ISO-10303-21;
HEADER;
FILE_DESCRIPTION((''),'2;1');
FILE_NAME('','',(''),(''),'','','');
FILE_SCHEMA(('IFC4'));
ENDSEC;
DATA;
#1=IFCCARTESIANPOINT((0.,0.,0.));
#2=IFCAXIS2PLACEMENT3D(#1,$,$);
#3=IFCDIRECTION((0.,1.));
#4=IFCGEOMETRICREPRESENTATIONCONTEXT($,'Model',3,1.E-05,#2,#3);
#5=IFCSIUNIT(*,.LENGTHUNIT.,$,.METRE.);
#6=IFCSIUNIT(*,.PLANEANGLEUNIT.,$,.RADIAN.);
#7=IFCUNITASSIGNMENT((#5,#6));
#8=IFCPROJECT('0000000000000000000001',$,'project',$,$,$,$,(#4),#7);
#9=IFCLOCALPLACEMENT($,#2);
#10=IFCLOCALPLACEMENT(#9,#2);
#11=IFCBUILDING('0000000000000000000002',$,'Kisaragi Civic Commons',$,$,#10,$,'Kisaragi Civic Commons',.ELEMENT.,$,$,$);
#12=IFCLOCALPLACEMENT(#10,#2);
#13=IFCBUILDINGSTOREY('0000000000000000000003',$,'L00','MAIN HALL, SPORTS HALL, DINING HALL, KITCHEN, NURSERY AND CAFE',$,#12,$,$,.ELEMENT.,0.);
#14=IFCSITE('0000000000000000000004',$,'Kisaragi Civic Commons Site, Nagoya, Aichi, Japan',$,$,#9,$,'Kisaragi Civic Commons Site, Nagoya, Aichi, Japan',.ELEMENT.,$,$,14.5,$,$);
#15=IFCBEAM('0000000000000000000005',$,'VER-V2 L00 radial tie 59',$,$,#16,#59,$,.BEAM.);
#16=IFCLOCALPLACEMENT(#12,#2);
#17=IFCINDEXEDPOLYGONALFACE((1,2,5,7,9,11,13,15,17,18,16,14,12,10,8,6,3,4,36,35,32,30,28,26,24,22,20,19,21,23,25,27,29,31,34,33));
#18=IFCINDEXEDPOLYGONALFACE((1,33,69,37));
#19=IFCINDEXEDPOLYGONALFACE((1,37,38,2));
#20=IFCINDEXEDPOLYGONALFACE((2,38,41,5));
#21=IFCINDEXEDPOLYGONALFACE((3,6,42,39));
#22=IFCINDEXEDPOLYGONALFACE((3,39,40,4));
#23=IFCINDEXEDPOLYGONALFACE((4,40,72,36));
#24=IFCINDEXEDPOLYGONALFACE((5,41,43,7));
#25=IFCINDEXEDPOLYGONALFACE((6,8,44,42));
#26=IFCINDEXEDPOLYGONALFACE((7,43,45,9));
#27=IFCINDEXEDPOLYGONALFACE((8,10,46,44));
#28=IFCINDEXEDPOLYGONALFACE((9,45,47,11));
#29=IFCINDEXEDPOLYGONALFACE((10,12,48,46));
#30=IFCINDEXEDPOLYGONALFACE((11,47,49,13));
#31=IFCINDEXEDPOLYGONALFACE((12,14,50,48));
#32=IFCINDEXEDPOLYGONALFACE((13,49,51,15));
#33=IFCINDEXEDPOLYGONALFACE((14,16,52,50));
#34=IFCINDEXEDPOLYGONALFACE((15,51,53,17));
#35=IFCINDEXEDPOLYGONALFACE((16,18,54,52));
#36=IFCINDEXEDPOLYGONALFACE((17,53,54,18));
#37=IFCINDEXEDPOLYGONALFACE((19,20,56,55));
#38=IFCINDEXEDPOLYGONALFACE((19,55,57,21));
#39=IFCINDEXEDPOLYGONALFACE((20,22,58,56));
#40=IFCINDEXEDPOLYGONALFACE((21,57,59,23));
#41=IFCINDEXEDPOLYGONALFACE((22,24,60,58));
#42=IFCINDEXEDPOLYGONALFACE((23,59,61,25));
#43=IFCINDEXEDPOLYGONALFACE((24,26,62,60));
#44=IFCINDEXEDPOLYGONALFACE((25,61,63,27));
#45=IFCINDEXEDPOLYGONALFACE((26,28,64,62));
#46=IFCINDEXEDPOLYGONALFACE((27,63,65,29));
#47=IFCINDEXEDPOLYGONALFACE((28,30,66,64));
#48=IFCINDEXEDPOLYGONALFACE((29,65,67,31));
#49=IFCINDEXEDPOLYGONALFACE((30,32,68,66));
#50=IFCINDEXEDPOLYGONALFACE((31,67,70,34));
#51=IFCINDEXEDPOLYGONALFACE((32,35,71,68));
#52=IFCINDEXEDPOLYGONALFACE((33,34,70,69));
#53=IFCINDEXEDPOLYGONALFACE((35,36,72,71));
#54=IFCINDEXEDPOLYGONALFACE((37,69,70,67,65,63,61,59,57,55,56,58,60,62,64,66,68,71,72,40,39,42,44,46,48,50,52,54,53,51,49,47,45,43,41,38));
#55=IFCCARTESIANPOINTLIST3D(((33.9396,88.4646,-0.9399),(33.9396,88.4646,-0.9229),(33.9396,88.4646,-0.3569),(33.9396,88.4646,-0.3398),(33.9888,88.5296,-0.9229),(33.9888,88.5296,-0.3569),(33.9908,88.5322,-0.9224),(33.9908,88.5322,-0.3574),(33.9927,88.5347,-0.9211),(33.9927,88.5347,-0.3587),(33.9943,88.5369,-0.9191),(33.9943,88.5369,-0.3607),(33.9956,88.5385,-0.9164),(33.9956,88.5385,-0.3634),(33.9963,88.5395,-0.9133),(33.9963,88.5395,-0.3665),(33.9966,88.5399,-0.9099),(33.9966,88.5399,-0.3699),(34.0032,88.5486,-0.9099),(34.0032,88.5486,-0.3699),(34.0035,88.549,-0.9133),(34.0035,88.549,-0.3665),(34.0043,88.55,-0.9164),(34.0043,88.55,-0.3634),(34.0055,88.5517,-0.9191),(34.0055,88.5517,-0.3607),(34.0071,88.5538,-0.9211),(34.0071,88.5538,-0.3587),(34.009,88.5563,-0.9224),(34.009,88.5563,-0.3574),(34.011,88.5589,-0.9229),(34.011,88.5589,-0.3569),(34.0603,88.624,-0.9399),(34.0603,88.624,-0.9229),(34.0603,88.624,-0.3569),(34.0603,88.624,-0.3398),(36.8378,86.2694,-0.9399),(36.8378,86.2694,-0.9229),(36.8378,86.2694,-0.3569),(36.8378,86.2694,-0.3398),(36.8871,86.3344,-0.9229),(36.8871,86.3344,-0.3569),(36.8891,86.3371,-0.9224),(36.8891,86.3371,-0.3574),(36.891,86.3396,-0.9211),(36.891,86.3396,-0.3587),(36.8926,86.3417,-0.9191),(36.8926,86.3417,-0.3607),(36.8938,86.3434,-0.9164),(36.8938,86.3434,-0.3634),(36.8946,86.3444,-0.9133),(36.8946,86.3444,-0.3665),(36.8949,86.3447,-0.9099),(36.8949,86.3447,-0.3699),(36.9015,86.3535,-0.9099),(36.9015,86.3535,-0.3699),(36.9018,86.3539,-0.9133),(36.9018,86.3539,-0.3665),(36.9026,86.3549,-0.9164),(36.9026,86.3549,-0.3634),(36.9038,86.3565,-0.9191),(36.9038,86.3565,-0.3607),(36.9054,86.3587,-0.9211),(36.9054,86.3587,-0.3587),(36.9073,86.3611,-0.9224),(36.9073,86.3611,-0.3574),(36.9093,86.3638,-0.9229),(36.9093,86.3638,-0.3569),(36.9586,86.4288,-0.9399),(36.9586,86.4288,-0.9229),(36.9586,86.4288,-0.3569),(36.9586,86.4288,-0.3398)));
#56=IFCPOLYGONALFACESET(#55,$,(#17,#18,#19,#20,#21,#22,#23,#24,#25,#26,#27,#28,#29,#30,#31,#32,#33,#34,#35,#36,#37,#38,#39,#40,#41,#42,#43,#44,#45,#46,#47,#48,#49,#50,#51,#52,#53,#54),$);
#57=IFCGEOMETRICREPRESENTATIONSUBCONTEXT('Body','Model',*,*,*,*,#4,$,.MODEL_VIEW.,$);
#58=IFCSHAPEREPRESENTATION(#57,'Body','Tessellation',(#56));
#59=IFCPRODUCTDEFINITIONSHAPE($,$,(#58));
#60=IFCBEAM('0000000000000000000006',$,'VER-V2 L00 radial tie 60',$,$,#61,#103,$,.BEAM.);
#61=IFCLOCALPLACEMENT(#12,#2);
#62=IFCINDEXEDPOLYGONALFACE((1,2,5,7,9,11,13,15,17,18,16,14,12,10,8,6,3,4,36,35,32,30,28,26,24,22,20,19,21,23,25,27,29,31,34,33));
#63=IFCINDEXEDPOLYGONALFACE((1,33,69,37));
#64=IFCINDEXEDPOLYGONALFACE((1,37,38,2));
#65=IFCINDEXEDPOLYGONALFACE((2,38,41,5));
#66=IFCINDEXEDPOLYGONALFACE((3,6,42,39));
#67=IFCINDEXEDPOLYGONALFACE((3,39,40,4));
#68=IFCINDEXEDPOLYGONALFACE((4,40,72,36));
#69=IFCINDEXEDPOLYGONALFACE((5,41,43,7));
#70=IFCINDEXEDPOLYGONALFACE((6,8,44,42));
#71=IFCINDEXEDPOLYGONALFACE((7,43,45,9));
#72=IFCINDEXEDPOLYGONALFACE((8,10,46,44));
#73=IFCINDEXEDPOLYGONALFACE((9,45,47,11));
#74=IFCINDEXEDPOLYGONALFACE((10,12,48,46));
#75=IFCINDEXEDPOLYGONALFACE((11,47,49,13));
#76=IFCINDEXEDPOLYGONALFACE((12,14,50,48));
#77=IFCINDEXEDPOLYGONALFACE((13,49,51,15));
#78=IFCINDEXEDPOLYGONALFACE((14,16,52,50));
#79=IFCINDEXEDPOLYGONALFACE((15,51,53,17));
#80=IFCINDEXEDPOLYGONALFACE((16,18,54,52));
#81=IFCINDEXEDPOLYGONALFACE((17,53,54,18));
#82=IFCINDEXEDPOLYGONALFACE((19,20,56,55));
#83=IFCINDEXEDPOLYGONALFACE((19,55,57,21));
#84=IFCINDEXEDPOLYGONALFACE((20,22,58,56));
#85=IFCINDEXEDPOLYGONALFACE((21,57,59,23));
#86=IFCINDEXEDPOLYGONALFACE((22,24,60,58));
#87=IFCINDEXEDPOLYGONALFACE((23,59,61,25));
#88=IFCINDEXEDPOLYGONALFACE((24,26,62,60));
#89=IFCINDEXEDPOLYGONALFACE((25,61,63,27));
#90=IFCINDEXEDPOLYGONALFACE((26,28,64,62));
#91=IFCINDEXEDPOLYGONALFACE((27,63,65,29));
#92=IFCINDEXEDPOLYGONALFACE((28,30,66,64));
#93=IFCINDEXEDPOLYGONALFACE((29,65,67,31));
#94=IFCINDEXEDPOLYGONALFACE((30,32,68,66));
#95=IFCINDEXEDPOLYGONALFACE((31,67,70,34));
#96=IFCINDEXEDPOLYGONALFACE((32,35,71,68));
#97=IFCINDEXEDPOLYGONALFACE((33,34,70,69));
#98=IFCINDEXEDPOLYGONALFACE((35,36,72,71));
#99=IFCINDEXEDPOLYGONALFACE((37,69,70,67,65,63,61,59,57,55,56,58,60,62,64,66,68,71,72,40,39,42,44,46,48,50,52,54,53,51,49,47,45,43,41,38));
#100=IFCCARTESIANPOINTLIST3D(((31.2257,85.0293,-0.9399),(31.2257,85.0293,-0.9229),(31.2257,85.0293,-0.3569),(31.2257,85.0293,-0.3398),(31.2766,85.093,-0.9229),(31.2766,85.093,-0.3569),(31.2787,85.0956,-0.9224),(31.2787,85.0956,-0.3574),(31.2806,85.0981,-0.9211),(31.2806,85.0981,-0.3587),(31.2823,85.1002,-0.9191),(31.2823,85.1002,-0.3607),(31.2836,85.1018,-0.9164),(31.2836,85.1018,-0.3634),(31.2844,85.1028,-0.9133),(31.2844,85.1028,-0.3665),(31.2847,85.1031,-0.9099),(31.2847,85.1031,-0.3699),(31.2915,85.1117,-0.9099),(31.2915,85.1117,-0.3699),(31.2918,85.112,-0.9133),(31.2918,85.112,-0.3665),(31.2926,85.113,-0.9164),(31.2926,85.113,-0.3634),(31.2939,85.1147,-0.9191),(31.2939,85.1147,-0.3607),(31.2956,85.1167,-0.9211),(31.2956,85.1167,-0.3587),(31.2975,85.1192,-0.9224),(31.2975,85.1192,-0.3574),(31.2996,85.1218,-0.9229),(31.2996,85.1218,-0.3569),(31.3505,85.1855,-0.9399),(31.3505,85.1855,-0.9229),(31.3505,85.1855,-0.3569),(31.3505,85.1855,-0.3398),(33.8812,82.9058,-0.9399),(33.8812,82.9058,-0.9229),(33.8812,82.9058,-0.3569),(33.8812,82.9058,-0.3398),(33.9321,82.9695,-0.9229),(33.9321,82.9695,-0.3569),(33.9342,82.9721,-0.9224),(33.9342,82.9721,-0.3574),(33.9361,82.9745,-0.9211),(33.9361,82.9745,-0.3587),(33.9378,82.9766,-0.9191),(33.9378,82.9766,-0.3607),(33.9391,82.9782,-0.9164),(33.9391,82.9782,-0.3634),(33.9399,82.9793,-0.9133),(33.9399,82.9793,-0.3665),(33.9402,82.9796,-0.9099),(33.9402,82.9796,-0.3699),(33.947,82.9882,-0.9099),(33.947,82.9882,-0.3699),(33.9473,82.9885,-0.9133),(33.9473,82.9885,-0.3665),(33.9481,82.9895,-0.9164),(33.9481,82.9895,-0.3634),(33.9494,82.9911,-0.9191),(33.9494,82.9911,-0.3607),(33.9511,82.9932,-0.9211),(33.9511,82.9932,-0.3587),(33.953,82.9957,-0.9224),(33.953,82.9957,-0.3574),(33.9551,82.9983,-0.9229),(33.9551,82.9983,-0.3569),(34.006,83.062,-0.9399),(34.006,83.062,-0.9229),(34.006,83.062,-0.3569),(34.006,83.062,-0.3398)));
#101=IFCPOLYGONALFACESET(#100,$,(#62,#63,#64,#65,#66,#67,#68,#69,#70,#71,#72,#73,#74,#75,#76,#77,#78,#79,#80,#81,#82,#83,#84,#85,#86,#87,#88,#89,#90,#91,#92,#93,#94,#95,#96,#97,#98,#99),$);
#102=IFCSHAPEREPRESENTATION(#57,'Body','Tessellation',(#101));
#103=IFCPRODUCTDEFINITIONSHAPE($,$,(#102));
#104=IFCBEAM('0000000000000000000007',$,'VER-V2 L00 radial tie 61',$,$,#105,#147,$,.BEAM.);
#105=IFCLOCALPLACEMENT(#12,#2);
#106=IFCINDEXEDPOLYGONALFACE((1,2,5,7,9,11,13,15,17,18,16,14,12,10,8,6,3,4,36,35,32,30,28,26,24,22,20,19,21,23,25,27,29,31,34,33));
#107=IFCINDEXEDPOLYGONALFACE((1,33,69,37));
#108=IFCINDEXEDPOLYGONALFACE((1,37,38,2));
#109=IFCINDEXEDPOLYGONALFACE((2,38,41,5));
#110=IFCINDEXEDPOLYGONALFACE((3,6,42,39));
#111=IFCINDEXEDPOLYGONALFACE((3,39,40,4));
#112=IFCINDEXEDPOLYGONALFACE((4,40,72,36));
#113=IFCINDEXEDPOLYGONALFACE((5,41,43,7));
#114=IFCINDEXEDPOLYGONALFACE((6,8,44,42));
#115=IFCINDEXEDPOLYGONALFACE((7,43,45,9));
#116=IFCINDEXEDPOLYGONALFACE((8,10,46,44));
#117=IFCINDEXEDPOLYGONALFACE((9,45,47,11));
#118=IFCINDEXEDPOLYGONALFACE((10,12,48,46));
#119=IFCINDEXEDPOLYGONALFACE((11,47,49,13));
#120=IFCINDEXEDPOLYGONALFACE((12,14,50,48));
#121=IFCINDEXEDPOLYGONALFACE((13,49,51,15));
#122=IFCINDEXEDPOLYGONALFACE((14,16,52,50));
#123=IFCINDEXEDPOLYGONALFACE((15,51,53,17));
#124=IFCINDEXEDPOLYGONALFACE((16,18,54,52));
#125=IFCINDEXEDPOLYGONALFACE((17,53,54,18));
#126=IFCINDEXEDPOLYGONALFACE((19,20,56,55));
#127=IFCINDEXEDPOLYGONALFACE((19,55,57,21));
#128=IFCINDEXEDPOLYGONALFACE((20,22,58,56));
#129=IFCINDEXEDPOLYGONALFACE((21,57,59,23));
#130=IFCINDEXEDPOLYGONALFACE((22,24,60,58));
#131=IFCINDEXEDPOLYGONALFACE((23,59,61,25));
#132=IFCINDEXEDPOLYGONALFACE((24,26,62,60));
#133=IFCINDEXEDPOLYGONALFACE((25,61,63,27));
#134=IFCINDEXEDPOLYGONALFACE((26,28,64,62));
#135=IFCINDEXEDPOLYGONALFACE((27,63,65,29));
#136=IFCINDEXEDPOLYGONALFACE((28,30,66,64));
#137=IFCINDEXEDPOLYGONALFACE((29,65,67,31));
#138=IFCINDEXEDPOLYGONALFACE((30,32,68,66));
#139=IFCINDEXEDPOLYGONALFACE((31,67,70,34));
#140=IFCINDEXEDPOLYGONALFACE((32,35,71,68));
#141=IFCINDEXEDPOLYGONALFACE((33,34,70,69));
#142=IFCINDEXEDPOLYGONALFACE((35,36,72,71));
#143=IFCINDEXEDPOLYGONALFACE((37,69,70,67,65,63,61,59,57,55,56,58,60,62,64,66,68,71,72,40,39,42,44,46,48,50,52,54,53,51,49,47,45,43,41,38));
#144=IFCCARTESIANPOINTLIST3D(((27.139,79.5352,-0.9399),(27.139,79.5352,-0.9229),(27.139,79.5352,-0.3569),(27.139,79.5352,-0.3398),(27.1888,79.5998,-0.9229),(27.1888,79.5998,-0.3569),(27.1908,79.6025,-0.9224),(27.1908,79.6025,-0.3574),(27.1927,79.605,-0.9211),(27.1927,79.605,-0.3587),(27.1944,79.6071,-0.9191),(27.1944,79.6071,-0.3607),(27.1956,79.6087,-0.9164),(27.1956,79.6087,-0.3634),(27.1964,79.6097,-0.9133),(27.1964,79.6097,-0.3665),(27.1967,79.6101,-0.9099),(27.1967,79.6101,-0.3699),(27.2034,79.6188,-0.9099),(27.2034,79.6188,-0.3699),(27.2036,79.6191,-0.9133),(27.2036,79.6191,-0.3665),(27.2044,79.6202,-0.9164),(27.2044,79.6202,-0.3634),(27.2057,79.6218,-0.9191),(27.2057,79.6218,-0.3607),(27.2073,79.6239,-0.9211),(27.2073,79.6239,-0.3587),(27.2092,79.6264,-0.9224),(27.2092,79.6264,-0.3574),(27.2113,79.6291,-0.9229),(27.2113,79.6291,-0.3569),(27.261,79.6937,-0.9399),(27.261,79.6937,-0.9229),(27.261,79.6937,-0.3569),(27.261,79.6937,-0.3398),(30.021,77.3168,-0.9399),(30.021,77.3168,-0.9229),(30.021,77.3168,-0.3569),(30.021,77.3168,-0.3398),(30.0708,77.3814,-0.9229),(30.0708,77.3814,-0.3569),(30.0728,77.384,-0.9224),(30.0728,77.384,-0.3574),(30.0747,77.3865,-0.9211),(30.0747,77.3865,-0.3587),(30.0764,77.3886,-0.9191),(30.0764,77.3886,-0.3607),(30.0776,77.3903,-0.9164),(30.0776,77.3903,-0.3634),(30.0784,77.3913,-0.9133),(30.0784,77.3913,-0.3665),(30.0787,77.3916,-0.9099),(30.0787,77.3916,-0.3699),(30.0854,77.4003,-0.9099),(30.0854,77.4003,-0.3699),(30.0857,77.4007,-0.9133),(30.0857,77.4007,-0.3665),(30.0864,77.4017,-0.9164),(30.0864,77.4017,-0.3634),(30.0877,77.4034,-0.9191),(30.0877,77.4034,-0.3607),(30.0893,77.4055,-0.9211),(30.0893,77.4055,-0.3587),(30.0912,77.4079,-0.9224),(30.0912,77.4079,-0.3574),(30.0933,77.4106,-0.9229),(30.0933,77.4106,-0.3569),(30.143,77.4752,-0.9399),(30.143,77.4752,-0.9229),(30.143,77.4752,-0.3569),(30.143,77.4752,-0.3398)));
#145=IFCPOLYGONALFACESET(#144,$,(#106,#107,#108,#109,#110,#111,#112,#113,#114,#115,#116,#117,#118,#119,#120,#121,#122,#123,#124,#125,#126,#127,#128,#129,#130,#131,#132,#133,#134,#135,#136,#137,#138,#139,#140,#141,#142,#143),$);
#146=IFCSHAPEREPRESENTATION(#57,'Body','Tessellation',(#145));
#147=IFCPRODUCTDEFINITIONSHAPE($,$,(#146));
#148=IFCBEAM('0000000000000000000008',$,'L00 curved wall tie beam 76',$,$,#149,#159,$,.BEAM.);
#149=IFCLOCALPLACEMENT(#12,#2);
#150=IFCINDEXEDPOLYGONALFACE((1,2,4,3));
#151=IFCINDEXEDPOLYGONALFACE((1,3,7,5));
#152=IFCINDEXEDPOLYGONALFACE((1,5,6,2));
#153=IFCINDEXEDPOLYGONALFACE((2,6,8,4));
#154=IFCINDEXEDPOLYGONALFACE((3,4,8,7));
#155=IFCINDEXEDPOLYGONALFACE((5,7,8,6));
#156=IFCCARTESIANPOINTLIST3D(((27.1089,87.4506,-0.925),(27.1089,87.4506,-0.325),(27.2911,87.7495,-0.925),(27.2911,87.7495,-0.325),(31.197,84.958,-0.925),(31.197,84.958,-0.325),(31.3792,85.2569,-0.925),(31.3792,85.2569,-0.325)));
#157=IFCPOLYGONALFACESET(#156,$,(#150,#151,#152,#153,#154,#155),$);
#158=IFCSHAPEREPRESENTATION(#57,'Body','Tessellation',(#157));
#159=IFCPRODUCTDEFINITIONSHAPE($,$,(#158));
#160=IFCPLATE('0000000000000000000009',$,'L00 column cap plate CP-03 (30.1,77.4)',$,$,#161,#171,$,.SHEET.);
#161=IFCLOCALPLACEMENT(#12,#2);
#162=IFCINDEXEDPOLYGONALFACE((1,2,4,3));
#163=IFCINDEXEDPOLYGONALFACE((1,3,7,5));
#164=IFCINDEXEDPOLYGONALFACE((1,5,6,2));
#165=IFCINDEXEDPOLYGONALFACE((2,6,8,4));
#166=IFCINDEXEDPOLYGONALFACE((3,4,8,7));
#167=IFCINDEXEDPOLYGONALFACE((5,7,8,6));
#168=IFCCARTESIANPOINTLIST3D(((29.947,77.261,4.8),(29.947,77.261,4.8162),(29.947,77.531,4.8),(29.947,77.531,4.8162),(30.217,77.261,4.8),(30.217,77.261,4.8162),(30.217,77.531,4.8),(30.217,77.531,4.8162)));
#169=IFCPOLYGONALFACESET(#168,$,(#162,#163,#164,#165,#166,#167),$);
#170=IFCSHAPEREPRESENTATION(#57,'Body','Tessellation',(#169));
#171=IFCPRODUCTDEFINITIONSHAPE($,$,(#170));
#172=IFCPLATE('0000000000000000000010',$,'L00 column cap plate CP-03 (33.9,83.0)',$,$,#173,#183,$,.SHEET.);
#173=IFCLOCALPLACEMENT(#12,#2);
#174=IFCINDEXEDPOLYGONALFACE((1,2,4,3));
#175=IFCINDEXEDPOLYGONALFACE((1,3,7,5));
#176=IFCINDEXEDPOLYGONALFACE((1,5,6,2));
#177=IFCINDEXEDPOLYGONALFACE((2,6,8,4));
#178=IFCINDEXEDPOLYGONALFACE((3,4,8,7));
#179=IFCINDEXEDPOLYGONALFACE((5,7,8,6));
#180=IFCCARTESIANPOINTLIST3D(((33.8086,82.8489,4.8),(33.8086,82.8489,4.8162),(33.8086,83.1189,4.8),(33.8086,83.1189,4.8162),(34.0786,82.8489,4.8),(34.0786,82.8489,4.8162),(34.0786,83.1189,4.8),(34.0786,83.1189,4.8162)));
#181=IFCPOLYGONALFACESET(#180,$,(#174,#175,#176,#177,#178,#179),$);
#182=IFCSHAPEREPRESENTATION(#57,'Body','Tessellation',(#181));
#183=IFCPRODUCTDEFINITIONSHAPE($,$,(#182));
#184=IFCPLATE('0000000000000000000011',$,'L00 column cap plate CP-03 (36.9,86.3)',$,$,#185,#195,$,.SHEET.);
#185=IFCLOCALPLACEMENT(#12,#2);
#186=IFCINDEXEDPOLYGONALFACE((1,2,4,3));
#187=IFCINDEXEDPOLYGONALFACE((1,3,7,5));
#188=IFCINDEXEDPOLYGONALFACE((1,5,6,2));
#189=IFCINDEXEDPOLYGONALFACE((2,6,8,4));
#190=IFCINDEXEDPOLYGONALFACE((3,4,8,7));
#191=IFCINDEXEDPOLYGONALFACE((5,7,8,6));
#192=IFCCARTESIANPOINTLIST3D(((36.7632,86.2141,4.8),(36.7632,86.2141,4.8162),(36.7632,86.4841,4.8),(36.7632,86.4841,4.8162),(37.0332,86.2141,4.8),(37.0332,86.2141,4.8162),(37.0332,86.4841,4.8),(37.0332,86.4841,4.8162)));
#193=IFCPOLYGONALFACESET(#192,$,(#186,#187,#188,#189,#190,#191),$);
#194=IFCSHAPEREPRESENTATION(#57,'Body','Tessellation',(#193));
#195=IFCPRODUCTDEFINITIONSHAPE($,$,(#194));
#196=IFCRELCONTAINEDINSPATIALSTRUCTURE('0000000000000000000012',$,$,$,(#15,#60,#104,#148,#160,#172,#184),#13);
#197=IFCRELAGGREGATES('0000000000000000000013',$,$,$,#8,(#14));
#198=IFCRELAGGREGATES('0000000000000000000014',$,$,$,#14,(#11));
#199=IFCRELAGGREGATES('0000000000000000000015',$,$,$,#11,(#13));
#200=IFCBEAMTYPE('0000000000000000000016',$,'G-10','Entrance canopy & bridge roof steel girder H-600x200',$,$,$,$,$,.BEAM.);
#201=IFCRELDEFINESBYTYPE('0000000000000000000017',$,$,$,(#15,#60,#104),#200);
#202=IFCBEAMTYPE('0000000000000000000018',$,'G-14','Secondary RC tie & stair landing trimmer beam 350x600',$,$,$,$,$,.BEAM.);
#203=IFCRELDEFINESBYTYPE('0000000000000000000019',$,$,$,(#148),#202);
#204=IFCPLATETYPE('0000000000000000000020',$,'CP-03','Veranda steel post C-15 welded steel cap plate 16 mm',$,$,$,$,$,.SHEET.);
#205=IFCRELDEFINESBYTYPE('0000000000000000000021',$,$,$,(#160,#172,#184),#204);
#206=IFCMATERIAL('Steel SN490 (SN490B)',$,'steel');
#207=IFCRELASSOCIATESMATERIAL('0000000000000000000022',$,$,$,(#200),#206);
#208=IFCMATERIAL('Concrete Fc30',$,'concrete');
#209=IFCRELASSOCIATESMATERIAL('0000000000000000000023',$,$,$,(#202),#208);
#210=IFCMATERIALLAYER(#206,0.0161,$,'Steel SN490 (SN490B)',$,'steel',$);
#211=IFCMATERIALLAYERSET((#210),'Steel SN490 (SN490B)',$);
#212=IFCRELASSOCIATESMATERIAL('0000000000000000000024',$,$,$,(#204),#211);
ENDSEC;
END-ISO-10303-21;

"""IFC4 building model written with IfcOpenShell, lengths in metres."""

from ifc_helpers import new_model, si_unit, direction, frame, origin, origin_2d, place, context, subcontext, project, spatial, rectangle, i_section, extrude, material, layer, layer_set, material_profile, profile_set, type_object, element, save


model = new_model("IFC4")

# Units and contexts
model_context = context("Model", 3, precision=1e-05, world=origin(), true_north=direction((0.0, 1.0)))
body_context = subcontext(model_context, "Body", "Model", "MODEL_VIEW")
ifc_project = project(units=[si_unit("LENGTHUNIT", "METRE"), si_unit("PLANEANGLEUNIT", "RADIAN")], contexts=[model_context])

# Site, building, storey
site_placement = place(None, origin())
site = spatial("IfcSite", under=ifc_project, at=site_placement, Name="Kisaragi Civic Commons Site, Nagoya, Aichi, Japan", LongName="Kisaragi Civic Commons Site, Nagoya, Aichi, Japan", CompositionType="ELEMENT", RefElevation=14.5)
building_placement = place(site_placement, origin())
building = spatial("IfcBuilding", under=site, at=building_placement, Name="Kisaragi Civic Commons", LongName="Kisaragi Civic Commons", CompositionType="ELEMENT")
storey_placement = place(building_placement, origin())
storey = spatial("IfcBuildingStorey", under=building, at=storey_placement, Name="L00", Description="MAIN HALL, SPORTS HALL, DINING HALL, KITCHEN, NURSERY AND CAFE", CompositionType="ELEMENT", Elevation=0.0)

# Shared definitions
ifc_material_1 = material(Name="Concrete Fc30", Category="concrete")

# Beams
ifc_material_2 = material(Name="Steel SN490 (SN490B)", Category="steel")
ifc_material_profile_1 = material_profile(ifc_material_2, i_section(OverallWidth=0.2, OverallDepth=0.6001, WebThickness=0.011, FlangeThickness=0.0171, FilletRadius=0.0129, at=origin_2d()), Name="H-600x200x11x17", Category="steel")
ifc_profile_set_1 = profile_set([ifc_material_profile_1], Name="Steel SN490 (SN490B)")
beam_type_1 = type_object("IfcBeamType", Name="G-10", Description="Entrance canopy & bridge roof steel girder H-600x200", PredefinedType="BEAM", material=ifc_profile_set_1)
beam_1_placement = place(storey_placement, frame((36.8982, 86.3491, -0.6399), z_axis=(-0.797163, 0.603765, 0.0), x_axis=(-0.603765, -0.797163, 0.0)))
element("IfcBeam", 1, at=beam_1_placement, inside=storey, type_object=beam_type_1, Name="VER-V2 L00 radial tie 59", PredefinedType="BEAM", context=body_context, shape_type="SweptSolid", body=[
    extrude(i_section(OverallWidth=0.2, OverallDepth=0.6001, WebThickness=0.011, FlangeThickness=0.0171, FilletRadius=0.0129, at=origin_2d()), origin(), (0.0, 0.0, 1.0), 3.6357),
])
beam_2_placement = place(storey_placement, frame((33.9436, 82.9839, -0.6399), z_axis=(-0.780995, 0.624537, 0.0), x_axis=(-0.624537, -0.780995, 0.0)))
element("IfcBeam", 2, at=beam_2_placement, inside=storey, type_object=beam_type_1, Name="VER-V2 L00 radial tie 60", PredefinedType="BEAM", context=body_context, shape_type="SweptSolid", body=[
    extrude(i_section(OverallWidth=0.2, OverallDepth=0.6001, WebThickness=0.011, FlangeThickness=0.0171, FilletRadius=0.0129, at=origin_2d()), origin(), (0.0, 0.0, 1.0), 3.4001),
])
beam_3_placement = place(storey_placement, frame((30.082, 77.396, -0.6399), z_axis=(-0.792422, 0.609973, 0.0), x_axis=(-0.609973, -0.792422, 0.0)))
element("IfcBeam", 3, at=beam_3_placement, inside=storey, type_object=beam_type_1, Name="VER-V2 L00 radial tie 61", PredefinedType="BEAM", context=body_context, shape_type="SweptSolid", body=[
    extrude(i_section(OverallWidth=0.2, OverallDepth=0.6001, WebThickness=0.011, FlangeThickness=0.0171, FilletRadius=0.0129, at=origin_2d()), origin(), (0.0, 0.0, 1.0), 3.637),
])
ifc_material_profile_2 = material_profile(ifc_material_1, rectangle(XDim=0.3501, YDim=0.6001, at=origin_2d()), Name="RC-350x600", Category="concrete")
ifc_profile_set_2 = profile_set([ifc_material_profile_2], Name="Concrete Fc30")
beam_type_2 = type_object("IfcBeamType", Name="G-14", Description="Secondary RC tie & stair landing trimmer beam 350x600", PredefinedType="BEAM", material=ifc_profile_set_2)
beam_4_placement = place(storey_placement, frame((31.2881, 85.1074, -0.625), z_axis=(-0.853804, 0.520594, 0.0), x_axis=(-0.520594, -0.853804, 0.0)))
element("IfcBeam", 4, at=beam_4_placement, inside=storey, type_object=beam_type_2, Name="L00 curved wall tie beam 76", PredefinedType="BEAM", context=body_context, shape_type="SweptSolid", body=[
    extrude(rectangle(XDim=0.3501, YDim=0.6001, at=origin_2d()), origin(), (0.0, 0.0, 1.0), 4.7881),
])

# Plates
ifc_layer_1 = layer(ifc_material_2, 0.0161, Name="Steel SN490 (SN490B)", Category="steel")
ifc_layer_set_1 = layer_set([ifc_layer_1], Name="Steel SN490 (SN490B)")
plate_type = type_object("IfcPlateType", Name="CP-03", Description="Veranda steel post C-15 welded steel cap plate 16 mm", PredefinedType="SHEET", material=ifc_layer_set_1)
for number, where, z_axis, x_axis, name in (
    (5, (30.082, 77.396, 4.8), (0.0, 0.0, 1.0), (1.0, 0.0, 0.0), "L00 column cap plate CP-03 (30.1,77.4)"),
    (6, (33.9436, 82.9839, 4.8), (0.0, 0.0, 1.0), (1.0, 0.0, 0.0), "L00 column cap plate CP-03 (33.9,83.0)"),
    (7, (36.8982, 86.3491, 4.8), (0.0, 0.0, 1.0), (1.0, 0.0, 0.0), "L00 column cap plate CP-03 (36.9,86.3)"),
):
    element("IfcPlate", number, at=place(storey_placement, frame(where, z_axis=z_axis, x_axis=x_axis)), inside=storey, type_object=plate_type, Name=name, PredefinedType="SHEET", context=body_context, shape_type="SweptSolid", body=[
        extrude(rectangle(XDim=0.27, YDim=0.27, at=origin_2d()), origin(), (0.0, 0.0, 1.0), 0.0161),
    ])

save(model, "model.ifc")
